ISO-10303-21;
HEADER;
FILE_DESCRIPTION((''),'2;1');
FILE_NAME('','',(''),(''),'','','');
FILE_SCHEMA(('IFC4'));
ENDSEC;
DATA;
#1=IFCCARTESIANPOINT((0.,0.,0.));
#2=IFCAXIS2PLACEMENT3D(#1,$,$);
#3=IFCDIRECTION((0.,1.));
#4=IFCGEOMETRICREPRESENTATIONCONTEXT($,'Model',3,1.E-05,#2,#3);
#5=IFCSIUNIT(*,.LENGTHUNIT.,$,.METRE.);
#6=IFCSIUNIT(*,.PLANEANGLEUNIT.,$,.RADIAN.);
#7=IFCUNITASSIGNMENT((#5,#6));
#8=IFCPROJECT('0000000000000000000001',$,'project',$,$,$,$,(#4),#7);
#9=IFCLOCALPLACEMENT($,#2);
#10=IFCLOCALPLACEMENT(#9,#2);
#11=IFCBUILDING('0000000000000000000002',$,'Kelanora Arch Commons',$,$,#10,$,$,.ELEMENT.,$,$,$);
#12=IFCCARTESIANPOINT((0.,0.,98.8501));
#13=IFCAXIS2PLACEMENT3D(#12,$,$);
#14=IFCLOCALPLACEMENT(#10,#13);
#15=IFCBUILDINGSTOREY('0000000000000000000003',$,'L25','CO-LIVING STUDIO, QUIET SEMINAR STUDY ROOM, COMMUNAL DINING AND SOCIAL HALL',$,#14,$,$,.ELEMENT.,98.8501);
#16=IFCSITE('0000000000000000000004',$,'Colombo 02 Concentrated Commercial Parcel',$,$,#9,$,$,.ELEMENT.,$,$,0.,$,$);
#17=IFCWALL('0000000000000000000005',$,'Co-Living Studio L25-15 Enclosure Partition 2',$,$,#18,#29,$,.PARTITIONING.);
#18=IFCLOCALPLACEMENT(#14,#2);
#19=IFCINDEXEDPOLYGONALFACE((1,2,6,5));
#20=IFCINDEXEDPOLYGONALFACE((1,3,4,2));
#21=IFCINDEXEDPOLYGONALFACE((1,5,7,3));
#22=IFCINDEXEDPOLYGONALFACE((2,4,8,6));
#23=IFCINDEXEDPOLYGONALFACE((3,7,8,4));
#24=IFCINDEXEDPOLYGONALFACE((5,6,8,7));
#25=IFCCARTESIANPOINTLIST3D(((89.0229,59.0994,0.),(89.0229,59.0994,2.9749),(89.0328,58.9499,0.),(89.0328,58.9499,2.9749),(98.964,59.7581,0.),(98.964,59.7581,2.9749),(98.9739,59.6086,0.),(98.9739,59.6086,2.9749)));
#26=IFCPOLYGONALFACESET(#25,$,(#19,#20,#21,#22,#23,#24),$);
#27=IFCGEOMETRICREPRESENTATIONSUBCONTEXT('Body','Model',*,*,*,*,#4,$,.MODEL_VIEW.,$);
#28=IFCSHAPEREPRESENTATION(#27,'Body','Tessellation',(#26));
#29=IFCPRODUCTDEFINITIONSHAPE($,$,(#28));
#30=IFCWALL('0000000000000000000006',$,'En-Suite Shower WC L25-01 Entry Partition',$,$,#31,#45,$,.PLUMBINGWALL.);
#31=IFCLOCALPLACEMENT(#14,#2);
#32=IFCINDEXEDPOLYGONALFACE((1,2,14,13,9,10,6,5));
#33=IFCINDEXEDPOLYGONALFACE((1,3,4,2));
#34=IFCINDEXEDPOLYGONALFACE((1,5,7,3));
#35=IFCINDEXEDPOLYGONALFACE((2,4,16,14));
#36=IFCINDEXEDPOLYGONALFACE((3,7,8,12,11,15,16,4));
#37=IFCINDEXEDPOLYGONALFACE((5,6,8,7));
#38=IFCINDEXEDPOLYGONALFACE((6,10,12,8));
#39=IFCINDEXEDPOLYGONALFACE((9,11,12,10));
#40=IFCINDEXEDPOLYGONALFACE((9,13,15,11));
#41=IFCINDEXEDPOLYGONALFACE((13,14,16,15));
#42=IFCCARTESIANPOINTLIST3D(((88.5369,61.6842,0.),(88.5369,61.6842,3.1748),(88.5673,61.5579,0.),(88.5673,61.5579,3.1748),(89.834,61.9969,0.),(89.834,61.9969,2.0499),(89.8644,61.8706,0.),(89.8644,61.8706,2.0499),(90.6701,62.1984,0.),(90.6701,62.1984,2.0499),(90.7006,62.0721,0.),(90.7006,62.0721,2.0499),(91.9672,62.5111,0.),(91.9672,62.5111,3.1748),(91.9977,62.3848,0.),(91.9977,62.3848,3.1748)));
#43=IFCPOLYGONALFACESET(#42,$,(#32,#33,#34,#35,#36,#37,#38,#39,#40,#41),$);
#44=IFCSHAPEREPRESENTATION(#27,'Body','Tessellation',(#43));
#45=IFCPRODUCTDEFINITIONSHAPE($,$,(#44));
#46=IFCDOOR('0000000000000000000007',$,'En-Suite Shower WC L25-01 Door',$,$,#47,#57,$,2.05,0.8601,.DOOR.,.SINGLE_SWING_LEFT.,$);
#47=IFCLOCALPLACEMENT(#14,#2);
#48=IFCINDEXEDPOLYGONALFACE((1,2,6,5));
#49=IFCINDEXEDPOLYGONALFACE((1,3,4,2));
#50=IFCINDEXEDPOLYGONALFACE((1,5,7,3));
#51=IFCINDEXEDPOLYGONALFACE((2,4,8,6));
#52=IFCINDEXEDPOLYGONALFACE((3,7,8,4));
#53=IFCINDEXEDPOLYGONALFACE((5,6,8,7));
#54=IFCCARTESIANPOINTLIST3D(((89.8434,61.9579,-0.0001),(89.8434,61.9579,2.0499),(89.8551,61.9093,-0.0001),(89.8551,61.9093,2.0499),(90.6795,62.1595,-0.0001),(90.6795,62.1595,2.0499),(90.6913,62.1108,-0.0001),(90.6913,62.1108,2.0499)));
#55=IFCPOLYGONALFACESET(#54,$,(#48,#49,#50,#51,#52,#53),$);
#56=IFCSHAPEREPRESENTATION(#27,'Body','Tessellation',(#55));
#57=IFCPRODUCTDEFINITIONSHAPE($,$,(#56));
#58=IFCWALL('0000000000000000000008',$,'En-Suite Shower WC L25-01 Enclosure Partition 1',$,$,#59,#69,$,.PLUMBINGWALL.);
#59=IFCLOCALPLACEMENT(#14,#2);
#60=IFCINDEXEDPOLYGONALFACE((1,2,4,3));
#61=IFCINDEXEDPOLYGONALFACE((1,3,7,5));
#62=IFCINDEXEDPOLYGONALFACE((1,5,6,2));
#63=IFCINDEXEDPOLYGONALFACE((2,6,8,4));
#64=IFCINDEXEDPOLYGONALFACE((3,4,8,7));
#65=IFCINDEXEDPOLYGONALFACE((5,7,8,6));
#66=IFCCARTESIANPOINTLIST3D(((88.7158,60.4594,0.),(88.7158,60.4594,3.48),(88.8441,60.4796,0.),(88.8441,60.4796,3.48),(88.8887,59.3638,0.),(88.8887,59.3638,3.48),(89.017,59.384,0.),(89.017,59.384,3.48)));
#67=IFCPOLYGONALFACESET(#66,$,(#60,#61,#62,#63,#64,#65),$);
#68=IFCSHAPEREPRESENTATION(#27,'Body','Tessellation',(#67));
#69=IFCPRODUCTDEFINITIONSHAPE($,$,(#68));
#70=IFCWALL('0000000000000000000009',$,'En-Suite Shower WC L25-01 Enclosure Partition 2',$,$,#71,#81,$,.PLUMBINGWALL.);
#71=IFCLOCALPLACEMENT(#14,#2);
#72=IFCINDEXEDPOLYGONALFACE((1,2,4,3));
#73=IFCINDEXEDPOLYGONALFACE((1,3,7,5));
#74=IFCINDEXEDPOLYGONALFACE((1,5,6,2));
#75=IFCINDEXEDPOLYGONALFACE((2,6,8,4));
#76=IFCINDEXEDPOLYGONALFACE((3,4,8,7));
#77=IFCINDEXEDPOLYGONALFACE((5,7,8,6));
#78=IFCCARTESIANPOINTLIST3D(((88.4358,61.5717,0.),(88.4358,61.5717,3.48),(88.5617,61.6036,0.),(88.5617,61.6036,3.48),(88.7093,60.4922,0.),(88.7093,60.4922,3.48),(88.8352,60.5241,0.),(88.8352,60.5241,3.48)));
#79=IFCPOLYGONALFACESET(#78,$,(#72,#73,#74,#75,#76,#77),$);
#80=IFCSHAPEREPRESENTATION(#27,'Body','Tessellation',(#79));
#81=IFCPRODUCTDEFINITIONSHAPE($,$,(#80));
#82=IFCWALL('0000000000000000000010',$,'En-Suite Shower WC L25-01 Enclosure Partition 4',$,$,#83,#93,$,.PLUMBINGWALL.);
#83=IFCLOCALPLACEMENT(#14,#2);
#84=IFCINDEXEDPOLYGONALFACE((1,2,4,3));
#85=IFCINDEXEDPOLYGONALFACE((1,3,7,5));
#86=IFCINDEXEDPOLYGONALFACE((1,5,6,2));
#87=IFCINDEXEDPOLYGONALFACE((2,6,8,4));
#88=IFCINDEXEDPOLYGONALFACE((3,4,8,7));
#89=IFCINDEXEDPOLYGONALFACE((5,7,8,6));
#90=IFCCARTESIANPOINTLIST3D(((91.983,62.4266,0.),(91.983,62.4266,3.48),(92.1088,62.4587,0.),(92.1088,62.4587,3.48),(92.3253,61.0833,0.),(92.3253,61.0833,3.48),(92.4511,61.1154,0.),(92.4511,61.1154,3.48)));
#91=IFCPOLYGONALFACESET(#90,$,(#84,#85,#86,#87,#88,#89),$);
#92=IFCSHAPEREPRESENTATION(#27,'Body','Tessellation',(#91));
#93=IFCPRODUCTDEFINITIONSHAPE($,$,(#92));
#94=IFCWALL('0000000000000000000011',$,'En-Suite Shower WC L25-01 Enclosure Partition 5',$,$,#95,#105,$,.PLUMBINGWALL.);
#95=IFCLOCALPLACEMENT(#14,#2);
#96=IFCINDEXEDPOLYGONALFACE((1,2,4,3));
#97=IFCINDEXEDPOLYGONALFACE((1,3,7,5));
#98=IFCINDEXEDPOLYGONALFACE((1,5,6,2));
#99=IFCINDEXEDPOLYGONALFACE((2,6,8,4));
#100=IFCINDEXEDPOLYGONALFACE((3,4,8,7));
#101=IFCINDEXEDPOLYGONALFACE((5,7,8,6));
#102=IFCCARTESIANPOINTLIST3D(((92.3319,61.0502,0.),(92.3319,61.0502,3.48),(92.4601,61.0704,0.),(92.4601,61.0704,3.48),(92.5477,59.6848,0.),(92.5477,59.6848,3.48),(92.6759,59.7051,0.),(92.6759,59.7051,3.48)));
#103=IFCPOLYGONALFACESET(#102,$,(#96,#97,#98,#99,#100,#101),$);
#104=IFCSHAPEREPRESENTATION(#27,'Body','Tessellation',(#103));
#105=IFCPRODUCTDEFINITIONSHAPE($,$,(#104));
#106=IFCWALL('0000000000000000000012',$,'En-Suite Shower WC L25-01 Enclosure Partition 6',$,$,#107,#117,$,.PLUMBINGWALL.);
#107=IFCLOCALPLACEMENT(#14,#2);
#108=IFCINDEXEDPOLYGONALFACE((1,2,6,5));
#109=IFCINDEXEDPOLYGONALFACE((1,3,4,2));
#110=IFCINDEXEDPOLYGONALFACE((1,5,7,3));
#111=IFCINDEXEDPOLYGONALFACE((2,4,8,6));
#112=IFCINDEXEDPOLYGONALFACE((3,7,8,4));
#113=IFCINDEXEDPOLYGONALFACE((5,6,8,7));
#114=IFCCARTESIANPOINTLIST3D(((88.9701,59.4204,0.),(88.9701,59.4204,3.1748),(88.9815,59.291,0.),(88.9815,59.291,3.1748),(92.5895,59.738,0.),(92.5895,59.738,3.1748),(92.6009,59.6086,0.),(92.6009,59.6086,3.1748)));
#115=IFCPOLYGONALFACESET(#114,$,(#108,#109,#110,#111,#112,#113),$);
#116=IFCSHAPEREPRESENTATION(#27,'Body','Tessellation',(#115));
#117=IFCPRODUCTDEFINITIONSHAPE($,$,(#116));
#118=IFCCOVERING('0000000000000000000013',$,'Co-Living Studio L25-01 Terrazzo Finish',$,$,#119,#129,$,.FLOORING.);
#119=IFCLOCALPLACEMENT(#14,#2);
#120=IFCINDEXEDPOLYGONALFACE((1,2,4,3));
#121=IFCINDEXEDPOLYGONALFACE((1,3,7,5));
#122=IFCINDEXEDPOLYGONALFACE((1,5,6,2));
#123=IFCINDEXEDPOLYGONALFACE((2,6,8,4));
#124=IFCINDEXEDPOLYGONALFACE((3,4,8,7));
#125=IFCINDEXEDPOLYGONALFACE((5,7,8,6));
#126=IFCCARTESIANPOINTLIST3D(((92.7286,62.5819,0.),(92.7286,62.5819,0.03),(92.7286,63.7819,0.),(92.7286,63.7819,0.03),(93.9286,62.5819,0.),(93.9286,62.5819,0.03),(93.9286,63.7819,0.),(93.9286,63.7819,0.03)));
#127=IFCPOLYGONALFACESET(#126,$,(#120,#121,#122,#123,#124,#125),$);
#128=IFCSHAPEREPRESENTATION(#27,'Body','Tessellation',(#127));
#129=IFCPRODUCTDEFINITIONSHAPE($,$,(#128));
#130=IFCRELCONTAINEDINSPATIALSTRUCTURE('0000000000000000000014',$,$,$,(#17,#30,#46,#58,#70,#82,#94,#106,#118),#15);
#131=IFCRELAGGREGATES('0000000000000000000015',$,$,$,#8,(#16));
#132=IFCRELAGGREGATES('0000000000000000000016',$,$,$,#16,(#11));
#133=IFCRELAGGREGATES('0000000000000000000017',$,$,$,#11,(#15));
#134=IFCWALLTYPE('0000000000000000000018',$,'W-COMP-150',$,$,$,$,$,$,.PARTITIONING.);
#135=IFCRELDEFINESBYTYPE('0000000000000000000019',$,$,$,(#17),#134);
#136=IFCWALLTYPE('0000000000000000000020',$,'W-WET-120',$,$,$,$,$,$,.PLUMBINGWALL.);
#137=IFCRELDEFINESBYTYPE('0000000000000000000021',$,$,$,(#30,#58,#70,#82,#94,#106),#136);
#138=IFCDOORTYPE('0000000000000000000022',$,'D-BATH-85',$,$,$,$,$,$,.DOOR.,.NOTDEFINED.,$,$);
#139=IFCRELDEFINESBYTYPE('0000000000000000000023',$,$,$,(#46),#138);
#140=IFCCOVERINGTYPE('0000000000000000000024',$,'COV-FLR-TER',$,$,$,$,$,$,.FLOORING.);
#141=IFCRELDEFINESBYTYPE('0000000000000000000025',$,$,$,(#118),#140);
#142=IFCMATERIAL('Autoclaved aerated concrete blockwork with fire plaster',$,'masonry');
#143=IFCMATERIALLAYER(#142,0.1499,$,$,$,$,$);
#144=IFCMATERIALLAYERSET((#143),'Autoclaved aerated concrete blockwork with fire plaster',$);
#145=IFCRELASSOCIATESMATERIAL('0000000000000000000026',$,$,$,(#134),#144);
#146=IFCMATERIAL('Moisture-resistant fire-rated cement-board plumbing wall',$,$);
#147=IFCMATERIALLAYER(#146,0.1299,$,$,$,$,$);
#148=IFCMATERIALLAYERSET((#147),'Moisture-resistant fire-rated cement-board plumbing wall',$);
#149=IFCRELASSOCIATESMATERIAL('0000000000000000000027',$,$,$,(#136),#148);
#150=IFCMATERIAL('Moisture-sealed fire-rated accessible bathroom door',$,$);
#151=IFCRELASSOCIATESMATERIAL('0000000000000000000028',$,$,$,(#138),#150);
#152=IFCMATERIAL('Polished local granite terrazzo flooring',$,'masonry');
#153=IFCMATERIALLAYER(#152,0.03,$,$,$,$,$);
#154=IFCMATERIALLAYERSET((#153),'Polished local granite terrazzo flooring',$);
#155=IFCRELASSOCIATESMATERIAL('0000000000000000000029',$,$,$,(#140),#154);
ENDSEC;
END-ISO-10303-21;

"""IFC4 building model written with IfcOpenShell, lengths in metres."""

from ifc_helpers import new_model, si_unit, direction, frame, frame_2d, origin, origin_2d, place, context, subcontext, project, spatial, rectangle, extrude, source, transform, mapped, material, layer, layer_set, type_object, element, fill, save


model = new_model("IFC4")

# Units and contexts
model_context = context("Model", 3, precision=1e-05, world=origin(), true_north=direction((0.0, 1.0)))
body_context = subcontext(model_context, "Body", "Model", "MODEL_VIEW")
ifc_project = project(units=[si_unit("LENGTHUNIT", "METRE"), si_unit("PLANEANGLEUNIT", "RADIAN")], contexts=[model_context])

# Site, building, storey
site_placement = place(None, origin())
site = spatial("IfcSite", under=ifc_project, at=site_placement, Name="Colombo 02 Concentrated Commercial Parcel", CompositionType="ELEMENT", RefElevation=0.0)
building_placement = place(site_placement, origin())
building = spatial("IfcBuilding", under=site, at=building_placement, Name="Kelanora Arch Commons", CompositionType="ELEMENT")
storey_placement = place(building_placement, frame((0.0, 0.0, 98.8501)))
storey = spatial("IfcBuildingStorey", under=building, at=storey_placement, Name="L25", Description="CO-LIVING STUDIO, QUIET SEMINAR STUDY ROOM, COMMUNAL DINING AND SOCIAL HALL", CompositionType="ELEMENT", Elevation=98.8501)

# Shared definitions
ifc_material_1 = material(Name="Autoclaved aerated concrete blockwork with fire plaster", Category="masonry")
ifc_layer_1 = layer(ifc_material_1, 0.1499)
ifc_layer_set_1 = layer_set([ifc_layer_1], Name="Autoclaved aerated concrete blockwork with fire plaster")
wall_type_1 = type_object("IfcWallType", Name="W-COMP-150", PredefinedType="PARTITIONING", material=ifc_layer_set_1)

# Wall
wall_1_placement = place(storey_placement, frame((89.0278, 59.0247, 0.0), z_axis=(0.0, 0.0, 1.0), x_axis=(0.997812, 0.066114, 0.0)))
element("IfcWall", 1, at=wall_1_placement, inside=storey, type_object=wall_type_1, Name="Co-Living Studio L25-15 Enclosure Partition 2", PredefinedType="PARTITIONING", context=body_context, shape_type="SweptSolid", body=[
    extrude(rectangle(XDim=9.9629, YDim=0.1499, at=frame_2d((4.9814, 0.0))), origin(), (0.0, 0.0, 1.0), 2.9749),
])

# Wall, opening, door
ifc_material_2 = material(Name="Moisture-resistant fire-rated cement-board plumbing wall")
ifc_layer_2 = layer(ifc_material_2, 0.1299)
ifc_layer_set_2 = layer_set([ifc_layer_2], Name="Moisture-resistant fire-rated cement-board plumbing wall")
wall_type_2 = type_object("IfcWallType", Name="W-WET-120", PredefinedType="PLUMBINGWALL", material=ifc_layer_set_2)
wall_2_placement = place(storey_placement, frame((88.5522, 61.6211, 0.0), z_axis=(0.0, 0.0, 1.0), x_axis=(0.972155, 0.234338, 0.0)))
wall_2 = element("IfcWall", 2, at=wall_2_placement, inside=storey, type_object=wall_type_2, Name="En-Suite Shower WC L25-01 Entry Partition", PredefinedType="PLUMBINGWALL", context=body_context, shape_type="SweptSolid", body=[
    extrude(rectangle(XDim=3.5286, YDim=0.1299, at=frame_2d((1.7642, 0.0))), origin(), (0.0, 0.0, 1.0), 3.1748),
])
opening_1_placement = place(wall_2_placement, frame((1.334, 0.0, 0.0)))
opening_1 = element("IfcOpeningElement", 3, at=opening_1_placement, cuts=wall_2, PredefinedType="OPENING", context=body_context, shape_type="SweptSolid", body=[
    extrude(rectangle(XDim=0.8601, YDim=2.05, at=frame_2d((0.4302, 1.0249))), frame((0.0, 0.075, 0.0), z_axis=(0.0, -1.0, 0.0), x_axis=(1.0, 0.0, 0.0)), (0.0, 0.0, 1.0), 0.1499),
])
ifc_material_3 = material(Name="Moisture-sealed fire-rated accessible bathroom door")
door_type_1 = type_object("IfcDoorType", Name="D-BATH-85", OperationType="NOTDEFINED", PredefinedType="DOOR", material=ifc_material_3)
door_1_placement = place(opening_1_placement, origin())
door_1 = element("IfcDoor", 4, at=door_1_placement, inside=storey, type_object=door_type_1, Name="En-Suite Shower WC L25-01 Door", OperationType="SINGLE_SWING_LEFT", OverallHeight=2.05, OverallWidth=0.8601, PredefinedType="DOOR", context=body_context, shape_type="SweptSolid", body=[
    extrude(rectangle(XDim=0.8601, YDim=2.05, at=frame_2d((0.4302, 1.0249))), frame((0.0, 0.0249, 0.0), z_axis=(0.0, -1.0, 0.0), x_axis=(1.0, 0.0, 0.0)), (0.0, 0.0, 1.0), 0.05),
])
fill(opening_1, door_1)

# Walls
wall_3_placement = place(storey_placement, frame((88.9529, 59.3738, 0.0), z_axis=(0.0, 0.0, 1.0), x_axis=(-0.155861, 0.987779, 0.0)))
element("IfcWall", 5, at=wall_3_placement, inside=storey, type_object=wall_type_2, Name="En-Suite Shower WC L25-01 Enclosure Partition 1", PredefinedType="PLUMBINGWALL", context=body_context, shape_type="SweptSolid", body=[
    extrude(rectangle(XDim=1.1091, YDim=0.1299, at=frame_2d((0.5547, 0.0))), origin(), (0.0, 0.0, 1.0), 3.48),
])
wall_4_placement = place(storey_placement, frame((88.7722, 60.5083, 0.0), z_axis=(0.0, 0.0, 1.0), x_axis=(-0.245578, 0.969377, 0.0)))
element("IfcWall", 6, at=wall_4_placement, inside=storey, type_object=wall_type_2, Name="En-Suite Shower WC L25-01 Enclosure Partition 2", PredefinedType="PLUMBINGWALL", context=body_context, shape_type="SweptSolid", body=[
    extrude(rectangle(XDim=1.1135, YDim=0.1299, at=frame_2d((0.5566, 0.0))), origin(), (0.0, 0.0, 1.0), 3.48),
])
wall_5_placement = place(storey_placement, frame((92.0459, 62.4426, 0.0), z_axis=(0.0, 0.0, 1.0), x_axis=(0.246926, -0.969034, 0.0)))
element("IfcWall", 7, at=wall_5_placement, inside=storey, type_object=wall_type_2, Name="En-Suite Shower WC L25-01 Enclosure Partition 4", PredefinedType="PLUMBINGWALL", context=body_context, shape_type="SweptSolid", body=[
    extrude(rectangle(XDim=1.3862, YDim=0.1299, at=frame_2d((0.6931, 0.0))), origin(), (0.0, 0.0, 1.0), 3.48),
])
wall_6_placement = place(storey_placement, frame((92.396, 61.0603, 0.0), z_axis=(0.0, 0.0, 1.0), x_axis=(0.156117, -0.987739, 0.0)))
element("IfcWall", 8, at=wall_6_placement, inside=storey, type_object=wall_type_2, Name="En-Suite Shower WC L25-01 Enclosure Partition 5", PredefinedType="PLUMBINGWALL", context=body_context, shape_type="SweptSolid", body=[
    extrude(rectangle(XDim=1.3823, YDim=0.1299, at=frame_2d((0.6912, 0.0))), origin(), (0.0, 0.0, 1.0), 3.48),
])
wall_7_placement = place(storey_placement, frame((92.5952, 59.6733, 0.0), z_axis=(0.0, 0.0, 1.0), x_axis=(-0.996171, -0.087421, 0.0)))
element("IfcWall", 9, at=wall_7_placement, inside=storey, type_object=wall_type_2, Name="En-Suite Shower WC L25-01 Enclosure Partition 6", PredefinedType="PLUMBINGWALL", context=body_context, shape_type="SweptSolid", body=[
    extrude(rectangle(XDim=3.6333, YDim=0.1299, at=frame_2d((1.8167, 0.0))), origin(), (0.0, 0.0, 1.0), 3.1748),
])

# Covering
ifc_material_4 = material(Name="Polished local granite terrazzo flooring", Category="masonry")
ifc_layer_3 = layer(ifc_material_4, 0.03)
ifc_layer_set_3 = layer_set([ifc_layer_3], Name="Polished local granite terrazzo flooring")
covering_type = type_object("IfcCoveringType", Name="COV-FLR-TER", PredefinedType="FLOORING", material=ifc_layer_set_3)
shared_shape_1 = source(origin(), body_context, "Body", "SweptSolid", [
    extrude(rectangle(XDim=1.2, YDim=1.2, at=origin_2d()), origin(), (0.0, 0.0, 1.0), 0.03),
])
covering_placement = place(storey_placement, frame((93.3286, 63.1819, 0.0), z_axis=(0.0, 0.0, 1.0), x_axis=(1.0, 0.0, 0.0)))
element("IfcCovering", 10, at=covering_placement, inside=storey, type_object=covering_type, Name="Co-Living Studio L25-01 Terrazzo Finish", PredefinedType="FLOORING", context=body_context, shape_type="MappedRepresentation", body=[
    mapped(shared_shape_1, transform((0.0, 0.0, 0.0), scale=1.0)),
])

save(model, "model.ifc")
